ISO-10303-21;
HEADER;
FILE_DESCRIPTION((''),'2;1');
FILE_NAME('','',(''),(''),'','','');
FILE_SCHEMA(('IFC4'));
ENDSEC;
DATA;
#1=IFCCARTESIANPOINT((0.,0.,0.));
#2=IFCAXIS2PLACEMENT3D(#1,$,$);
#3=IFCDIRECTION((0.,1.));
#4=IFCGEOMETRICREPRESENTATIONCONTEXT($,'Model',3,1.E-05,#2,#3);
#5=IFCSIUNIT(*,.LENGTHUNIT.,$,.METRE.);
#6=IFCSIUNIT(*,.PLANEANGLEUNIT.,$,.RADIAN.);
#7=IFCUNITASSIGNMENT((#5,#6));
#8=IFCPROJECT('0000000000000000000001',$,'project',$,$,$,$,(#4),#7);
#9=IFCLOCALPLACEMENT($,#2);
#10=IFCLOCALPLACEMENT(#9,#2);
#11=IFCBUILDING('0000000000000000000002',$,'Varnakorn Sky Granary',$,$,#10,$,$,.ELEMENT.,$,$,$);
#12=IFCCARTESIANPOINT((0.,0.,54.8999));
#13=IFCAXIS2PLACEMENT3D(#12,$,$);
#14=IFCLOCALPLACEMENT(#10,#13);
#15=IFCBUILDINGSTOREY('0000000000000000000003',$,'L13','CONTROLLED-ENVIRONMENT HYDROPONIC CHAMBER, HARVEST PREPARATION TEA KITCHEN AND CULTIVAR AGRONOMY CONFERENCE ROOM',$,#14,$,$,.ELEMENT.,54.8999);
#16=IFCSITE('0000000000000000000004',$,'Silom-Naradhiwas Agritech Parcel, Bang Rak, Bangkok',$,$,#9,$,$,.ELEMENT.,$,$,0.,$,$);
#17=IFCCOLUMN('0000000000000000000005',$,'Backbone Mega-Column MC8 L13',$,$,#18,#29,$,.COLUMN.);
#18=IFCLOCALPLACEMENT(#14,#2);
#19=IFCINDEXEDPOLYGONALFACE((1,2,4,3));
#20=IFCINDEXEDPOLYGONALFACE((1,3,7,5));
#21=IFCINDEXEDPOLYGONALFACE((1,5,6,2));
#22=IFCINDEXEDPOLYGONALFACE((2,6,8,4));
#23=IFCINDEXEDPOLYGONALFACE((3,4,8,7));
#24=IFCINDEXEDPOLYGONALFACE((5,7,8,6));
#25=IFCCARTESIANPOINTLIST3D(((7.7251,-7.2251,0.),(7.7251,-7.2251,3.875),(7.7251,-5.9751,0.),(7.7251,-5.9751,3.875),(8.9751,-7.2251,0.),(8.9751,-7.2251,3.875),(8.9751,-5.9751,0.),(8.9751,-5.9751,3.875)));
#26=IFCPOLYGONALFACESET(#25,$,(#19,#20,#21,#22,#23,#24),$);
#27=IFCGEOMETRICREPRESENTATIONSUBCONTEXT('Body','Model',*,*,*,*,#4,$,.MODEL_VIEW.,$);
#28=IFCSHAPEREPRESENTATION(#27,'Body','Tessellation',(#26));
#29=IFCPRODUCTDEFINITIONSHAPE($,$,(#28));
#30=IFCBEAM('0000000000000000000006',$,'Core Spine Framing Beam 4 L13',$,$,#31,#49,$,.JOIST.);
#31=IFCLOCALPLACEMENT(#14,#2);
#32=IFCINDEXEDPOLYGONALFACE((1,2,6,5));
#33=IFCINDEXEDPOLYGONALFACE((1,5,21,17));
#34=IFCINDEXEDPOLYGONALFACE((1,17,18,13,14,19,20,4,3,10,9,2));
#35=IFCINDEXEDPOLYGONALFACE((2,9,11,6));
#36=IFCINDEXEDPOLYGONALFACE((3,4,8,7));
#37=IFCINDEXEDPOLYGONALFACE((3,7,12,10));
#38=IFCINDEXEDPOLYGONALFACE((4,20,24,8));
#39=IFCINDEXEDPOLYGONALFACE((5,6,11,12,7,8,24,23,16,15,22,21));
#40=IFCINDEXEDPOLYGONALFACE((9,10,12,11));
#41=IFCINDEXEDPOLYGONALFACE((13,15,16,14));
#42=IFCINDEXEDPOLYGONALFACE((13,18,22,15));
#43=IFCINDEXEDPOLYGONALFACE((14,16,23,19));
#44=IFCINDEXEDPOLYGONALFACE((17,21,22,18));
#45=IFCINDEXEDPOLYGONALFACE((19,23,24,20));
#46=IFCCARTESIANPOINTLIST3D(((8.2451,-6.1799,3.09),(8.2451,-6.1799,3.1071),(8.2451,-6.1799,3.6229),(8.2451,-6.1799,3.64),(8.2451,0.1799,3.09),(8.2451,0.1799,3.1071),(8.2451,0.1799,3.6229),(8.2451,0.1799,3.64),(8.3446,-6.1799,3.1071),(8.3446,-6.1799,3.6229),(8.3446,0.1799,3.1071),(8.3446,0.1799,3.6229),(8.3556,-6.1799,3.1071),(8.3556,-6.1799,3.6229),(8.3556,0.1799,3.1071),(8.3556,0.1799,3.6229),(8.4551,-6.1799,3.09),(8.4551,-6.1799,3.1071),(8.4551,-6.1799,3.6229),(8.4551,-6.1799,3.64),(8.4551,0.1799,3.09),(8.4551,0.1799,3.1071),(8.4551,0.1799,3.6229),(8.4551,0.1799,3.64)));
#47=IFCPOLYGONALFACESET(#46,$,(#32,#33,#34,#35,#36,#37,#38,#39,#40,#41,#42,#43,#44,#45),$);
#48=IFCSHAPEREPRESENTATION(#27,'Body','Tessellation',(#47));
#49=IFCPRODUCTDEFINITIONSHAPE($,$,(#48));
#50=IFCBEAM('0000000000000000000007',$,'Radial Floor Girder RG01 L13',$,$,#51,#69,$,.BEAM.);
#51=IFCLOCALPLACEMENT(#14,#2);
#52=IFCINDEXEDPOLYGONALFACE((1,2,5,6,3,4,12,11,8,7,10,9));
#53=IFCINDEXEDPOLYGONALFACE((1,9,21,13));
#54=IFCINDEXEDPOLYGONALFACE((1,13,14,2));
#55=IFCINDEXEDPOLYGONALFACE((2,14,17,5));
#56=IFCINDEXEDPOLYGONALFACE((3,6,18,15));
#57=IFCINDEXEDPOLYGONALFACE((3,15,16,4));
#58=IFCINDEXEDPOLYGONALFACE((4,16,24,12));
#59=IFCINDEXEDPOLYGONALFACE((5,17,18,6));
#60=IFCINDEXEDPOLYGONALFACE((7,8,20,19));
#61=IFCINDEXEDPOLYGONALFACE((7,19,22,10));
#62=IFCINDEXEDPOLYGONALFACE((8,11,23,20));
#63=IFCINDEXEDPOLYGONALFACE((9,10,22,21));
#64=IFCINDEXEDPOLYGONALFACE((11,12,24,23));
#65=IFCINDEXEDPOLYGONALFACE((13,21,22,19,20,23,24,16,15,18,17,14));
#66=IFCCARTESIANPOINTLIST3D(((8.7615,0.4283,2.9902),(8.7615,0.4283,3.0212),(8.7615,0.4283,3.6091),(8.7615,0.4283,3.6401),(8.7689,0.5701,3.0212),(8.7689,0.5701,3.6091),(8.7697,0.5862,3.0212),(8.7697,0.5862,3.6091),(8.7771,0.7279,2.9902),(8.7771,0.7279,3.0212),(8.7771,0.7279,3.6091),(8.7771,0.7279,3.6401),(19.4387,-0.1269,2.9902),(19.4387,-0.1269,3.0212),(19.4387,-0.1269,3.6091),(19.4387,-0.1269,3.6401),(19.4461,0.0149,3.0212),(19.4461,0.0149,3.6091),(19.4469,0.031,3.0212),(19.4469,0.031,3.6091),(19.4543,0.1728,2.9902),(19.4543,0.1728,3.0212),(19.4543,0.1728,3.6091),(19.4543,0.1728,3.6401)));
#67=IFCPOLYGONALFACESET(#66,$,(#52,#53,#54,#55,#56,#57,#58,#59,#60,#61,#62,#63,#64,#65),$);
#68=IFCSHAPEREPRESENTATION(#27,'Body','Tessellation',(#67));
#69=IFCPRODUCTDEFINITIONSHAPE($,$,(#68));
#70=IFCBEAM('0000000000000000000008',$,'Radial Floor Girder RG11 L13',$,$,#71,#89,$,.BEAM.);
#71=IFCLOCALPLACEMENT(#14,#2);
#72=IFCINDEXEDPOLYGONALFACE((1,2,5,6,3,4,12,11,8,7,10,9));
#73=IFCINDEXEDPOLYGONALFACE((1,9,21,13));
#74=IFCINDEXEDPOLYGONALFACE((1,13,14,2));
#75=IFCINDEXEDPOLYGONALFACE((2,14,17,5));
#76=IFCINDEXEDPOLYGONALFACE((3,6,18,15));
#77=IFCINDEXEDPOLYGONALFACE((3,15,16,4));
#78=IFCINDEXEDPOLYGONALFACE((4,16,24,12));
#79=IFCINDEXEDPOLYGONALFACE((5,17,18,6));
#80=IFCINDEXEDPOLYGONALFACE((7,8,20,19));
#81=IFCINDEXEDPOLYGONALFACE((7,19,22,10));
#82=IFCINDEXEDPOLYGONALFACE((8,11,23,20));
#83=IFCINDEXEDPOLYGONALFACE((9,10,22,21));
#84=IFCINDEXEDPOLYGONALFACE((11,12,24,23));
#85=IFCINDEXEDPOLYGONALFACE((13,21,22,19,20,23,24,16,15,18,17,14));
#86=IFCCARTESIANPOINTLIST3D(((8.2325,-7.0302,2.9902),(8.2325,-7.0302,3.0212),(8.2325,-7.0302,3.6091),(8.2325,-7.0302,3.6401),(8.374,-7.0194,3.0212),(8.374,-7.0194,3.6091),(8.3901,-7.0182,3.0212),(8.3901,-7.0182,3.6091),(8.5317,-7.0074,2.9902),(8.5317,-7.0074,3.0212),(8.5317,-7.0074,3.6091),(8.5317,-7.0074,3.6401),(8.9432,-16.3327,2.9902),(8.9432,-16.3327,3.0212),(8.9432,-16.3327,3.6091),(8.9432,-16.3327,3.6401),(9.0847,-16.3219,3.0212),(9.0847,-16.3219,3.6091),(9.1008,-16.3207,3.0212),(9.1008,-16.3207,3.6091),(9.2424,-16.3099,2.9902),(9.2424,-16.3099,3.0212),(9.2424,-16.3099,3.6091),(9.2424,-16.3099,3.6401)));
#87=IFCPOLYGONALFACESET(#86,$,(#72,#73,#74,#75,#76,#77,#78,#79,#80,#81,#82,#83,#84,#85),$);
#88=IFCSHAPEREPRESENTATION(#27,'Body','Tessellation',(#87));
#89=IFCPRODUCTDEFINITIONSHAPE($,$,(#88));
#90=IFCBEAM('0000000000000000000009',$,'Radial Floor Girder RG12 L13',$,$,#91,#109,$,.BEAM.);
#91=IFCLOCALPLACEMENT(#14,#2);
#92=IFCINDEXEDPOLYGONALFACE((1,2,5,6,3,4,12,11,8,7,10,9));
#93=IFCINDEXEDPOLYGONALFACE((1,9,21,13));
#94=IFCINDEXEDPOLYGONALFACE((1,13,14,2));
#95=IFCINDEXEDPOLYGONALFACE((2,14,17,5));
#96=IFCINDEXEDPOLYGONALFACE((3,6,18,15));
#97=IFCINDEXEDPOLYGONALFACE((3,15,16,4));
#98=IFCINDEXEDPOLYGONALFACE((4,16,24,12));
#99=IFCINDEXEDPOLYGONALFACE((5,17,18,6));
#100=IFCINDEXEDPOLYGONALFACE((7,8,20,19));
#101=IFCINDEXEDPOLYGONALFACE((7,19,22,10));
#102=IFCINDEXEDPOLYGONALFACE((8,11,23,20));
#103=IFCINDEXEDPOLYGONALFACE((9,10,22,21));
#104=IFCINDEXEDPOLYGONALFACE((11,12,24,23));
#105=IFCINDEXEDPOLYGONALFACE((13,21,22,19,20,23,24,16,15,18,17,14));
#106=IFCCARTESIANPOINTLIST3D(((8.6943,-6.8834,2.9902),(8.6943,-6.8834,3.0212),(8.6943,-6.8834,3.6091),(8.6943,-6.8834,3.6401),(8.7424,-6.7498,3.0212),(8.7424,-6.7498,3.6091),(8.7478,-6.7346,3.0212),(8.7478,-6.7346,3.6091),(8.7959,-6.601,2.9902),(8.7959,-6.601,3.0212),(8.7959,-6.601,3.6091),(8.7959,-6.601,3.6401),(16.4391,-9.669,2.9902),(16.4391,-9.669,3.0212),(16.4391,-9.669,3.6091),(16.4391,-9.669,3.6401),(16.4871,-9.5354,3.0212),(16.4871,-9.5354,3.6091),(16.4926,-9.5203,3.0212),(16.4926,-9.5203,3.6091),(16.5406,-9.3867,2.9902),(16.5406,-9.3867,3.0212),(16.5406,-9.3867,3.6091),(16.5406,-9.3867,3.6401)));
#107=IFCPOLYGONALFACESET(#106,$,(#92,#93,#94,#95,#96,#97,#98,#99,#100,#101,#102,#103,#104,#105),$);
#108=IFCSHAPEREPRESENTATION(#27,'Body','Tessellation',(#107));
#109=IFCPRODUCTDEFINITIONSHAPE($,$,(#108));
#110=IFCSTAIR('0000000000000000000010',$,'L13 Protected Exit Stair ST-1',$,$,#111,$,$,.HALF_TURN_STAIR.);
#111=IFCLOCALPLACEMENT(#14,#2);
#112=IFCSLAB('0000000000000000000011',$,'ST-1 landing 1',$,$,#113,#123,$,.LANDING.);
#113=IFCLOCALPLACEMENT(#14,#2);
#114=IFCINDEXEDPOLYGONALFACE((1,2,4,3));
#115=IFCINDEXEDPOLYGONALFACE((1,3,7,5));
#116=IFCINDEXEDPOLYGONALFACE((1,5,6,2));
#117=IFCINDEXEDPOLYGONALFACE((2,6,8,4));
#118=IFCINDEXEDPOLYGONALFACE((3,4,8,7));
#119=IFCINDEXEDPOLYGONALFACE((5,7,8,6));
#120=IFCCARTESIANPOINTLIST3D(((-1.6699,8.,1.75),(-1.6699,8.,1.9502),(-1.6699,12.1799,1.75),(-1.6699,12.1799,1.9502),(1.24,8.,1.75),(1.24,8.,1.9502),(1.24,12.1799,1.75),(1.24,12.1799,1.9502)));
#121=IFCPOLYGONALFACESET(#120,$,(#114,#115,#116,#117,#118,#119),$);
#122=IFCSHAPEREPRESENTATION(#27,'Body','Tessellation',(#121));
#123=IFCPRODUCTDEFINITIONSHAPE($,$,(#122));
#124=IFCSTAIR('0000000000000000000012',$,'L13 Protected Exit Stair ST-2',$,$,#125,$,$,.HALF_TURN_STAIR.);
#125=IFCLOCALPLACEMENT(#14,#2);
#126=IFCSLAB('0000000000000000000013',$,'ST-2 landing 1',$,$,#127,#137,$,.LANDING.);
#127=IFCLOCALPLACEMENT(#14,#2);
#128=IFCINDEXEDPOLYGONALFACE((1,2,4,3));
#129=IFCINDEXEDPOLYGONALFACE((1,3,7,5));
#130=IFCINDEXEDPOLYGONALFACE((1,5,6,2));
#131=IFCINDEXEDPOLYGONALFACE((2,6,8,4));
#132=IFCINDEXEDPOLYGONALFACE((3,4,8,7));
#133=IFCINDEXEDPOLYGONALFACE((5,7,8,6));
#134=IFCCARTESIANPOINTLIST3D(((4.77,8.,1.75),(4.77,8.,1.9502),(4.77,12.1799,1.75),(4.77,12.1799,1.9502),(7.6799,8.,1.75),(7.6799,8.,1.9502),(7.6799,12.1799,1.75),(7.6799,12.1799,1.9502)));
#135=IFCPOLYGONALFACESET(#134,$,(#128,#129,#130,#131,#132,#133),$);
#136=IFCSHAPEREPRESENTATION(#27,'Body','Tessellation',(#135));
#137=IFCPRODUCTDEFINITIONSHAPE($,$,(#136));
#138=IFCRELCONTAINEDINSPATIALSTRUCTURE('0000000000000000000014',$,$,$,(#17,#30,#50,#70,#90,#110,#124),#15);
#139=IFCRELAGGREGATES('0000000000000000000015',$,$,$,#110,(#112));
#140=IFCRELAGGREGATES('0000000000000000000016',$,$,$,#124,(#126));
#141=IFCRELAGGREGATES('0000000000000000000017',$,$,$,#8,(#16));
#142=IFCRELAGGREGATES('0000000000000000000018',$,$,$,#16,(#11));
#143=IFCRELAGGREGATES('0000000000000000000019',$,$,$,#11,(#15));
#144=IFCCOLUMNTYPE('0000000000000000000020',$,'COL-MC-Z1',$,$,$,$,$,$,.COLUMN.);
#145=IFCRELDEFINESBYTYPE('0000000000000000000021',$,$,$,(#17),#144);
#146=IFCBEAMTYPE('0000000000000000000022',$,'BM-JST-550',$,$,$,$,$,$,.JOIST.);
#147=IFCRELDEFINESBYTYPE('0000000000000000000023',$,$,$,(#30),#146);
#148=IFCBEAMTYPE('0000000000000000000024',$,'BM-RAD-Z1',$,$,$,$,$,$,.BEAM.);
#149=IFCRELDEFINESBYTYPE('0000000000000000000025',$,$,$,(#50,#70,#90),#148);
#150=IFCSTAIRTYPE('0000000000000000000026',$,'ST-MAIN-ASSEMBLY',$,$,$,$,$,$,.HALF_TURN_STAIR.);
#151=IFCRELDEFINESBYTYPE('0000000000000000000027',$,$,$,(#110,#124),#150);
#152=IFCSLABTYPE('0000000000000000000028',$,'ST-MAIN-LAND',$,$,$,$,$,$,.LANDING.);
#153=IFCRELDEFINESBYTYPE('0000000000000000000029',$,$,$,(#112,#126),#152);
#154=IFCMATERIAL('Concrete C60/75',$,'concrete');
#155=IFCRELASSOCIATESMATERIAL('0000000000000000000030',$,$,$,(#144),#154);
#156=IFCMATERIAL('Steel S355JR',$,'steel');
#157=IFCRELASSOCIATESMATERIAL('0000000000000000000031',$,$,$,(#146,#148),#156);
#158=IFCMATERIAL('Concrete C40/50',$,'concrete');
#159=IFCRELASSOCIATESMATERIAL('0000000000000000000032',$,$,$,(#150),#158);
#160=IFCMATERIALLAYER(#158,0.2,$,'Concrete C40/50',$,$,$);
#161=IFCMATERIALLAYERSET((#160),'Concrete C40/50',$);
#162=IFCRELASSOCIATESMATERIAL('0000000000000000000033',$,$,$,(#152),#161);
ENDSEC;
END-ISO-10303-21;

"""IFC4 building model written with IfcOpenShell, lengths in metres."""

from ifc_helpers import new_model, si_unit, direction, frame, origin, origin_2d, place, context, subcontext, project, spatial, polyline, rectangle, i_section, outline, extrude, material, layer, layer_set, material_profile, profile_set, type_object, element, aggregate, save


model = new_model("IFC4")

# Units and contexts
model_context = context("Model", 3, precision=1e-05, world=origin(), true_north=direction((0.0, 1.0)))
body_context = subcontext(model_context, "Body", "Model", "MODEL_VIEW")
ifc_project = project(units=[si_unit("LENGTHUNIT", "METRE"), si_unit("PLANEANGLEUNIT", "RADIAN")], contexts=[model_context])

# Site, building, storey
site_placement = place(None, origin())
site = spatial("IfcSite", under=ifc_project, at=site_placement, Name="Silom-Naradhiwas Agritech Parcel, Bang Rak, Bangkok", CompositionType="ELEMENT", RefElevation=0.0)
building_placement = place(site_placement, origin())
building = spatial("IfcBuilding", under=site, at=building_placement, Name="Varnakorn Sky Granary", CompositionType="ELEMENT")
storey_placement = place(building_placement, frame((0.0, 0.0, 54.8999)))
storey = spatial("IfcBuildingStorey", under=building, at=storey_placement, Name="L13", Description="CONTROLLED-ENVIRONMENT HYDROPONIC CHAMBER, HARVEST PREPARATION TEA KITCHEN AND CULTIVAR AGRONOMY CONFERENCE ROOM", CompositionType="ELEMENT", Elevation=54.8999)

# Column
ifc_material_1 = material(Name="Concrete C60/75", Category="concrete")
ifc_material_profile_1 = material_profile(ifc_material_1, rectangle(XDim=1.25, YDim=1.25, at=origin_2d()), Name="RC 1250x1250")
ifc_profile_set_1 = profile_set([ifc_material_profile_1], Name="Concrete C60/75")
column_type = type_object("IfcColumnType", Name="COL-MC-Z1", PredefinedType="COLUMN", material=ifc_profile_set_1)
column_placement = place(storey_placement, frame((8.3501, -6.6001, 0.0), z_axis=(0.0, 0.0, 1.0), x_axis=(1.0, 0.0, 0.0)))
element("IfcColumn", 1, at=column_placement, inside=storey, type_object=column_type, Name="Backbone Mega-Column MC8 L13", PredefinedType="COLUMN", context=body_context, shape_type="SweptSolid", body=[
    extrude(rectangle(XDim=1.25, YDim=1.25, at=origin_2d()), origin(), (0.0, 0.0, 1.0), 3.875),
])

# Beams
ifc_material_2 = material(Name="Steel S355JR", Category="steel")
ifc_material_profile_2 = material_profile(ifc_material_2, i_section(OverallWidth=0.21, OverallDepth=0.55, WebThickness=0.011, FlangeThickness=0.0171, at=origin_2d()), Name="IPE 550")
ifc_profile_set_2 = profile_set([ifc_material_profile_2], Name="Steel S355JR")
beam_type_1 = type_object("IfcBeamType", Name="BM-JST-550", PredefinedType="JOIST", material=ifc_profile_set_2)
beam_1_placement = place(storey_placement, frame((8.3501, 0.1799, 3.365), z_axis=(0.0, -1.0, 0.0), x_axis=(1.0, 0.0, 0.0)))
element("IfcBeam", 2, at=beam_1_placement, inside=storey, type_object=beam_type_1, Name="Core Spine Framing Beam 4 L13", PredefinedType="JOIST", context=body_context, shape_type="SweptSolid", body=[
    extrude(i_section(OverallWidth=0.21, OverallDepth=0.55, WebThickness=0.011, FlangeThickness=0.0171, at=origin_2d()), origin(), (0.0, 0.0, 1.0), 6.3599),
])
ifc_material_profile_3 = material_profile(ifc_material_2, i_section(OverallWidth=0.3, OverallDepth=0.6499, WebThickness=0.0161, FlangeThickness=0.031, at=origin_2d()), Name="HE 650 B")
ifc_profile_set_3 = profile_set([ifc_material_profile_3], Name="Steel S355JR")
beam_type_2 = type_object("IfcBeamType", Name="BM-RAD-Z1", PredefinedType="BEAM", material=ifc_profile_set_3)
beam_2_placement = place(storey_placement, frame((8.7693, 0.5781, 3.3152), z_axis=(0.998651, -0.051926, 0.0), x_axis=(0.051926, 0.998651, 0.0)))
element("IfcBeam", 3, at=beam_2_placement, inside=storey, type_object=beam_type_2, Name="Radial Floor Girder RG01 L13", PredefinedType="BEAM", context=body_context, shape_type="SweptSolid", body=[
    extrude(i_section(OverallWidth=0.3, OverallDepth=0.6499, WebThickness=0.0161, FlangeThickness=0.031, at=origin_2d()), origin(), (0.0, 0.0, 1.0), 10.6917),
])
beam_3_placement = place(storey_placement, frame((8.3821, -7.0188, 3.3152), z_axis=(0.076176, -0.997094, 0.0), x_axis=(0.997094, 0.076176, 0.0)))
element("IfcBeam", 4, at=beam_3_placement, inside=storey, type_object=beam_type_2, Name="Radial Floor Girder RG11 L13", PredefinedType="BEAM", context=body_context, shape_type="SweptSolid", body=[
    extrude(i_section(OverallWidth=0.3, OverallDepth=0.6499, WebThickness=0.0161, FlangeThickness=0.031, at=origin_2d()), origin(), (0.0, 0.0, 1.0), 9.3296),
])
beam_4_placement = place(storey_placement, frame((8.7451, -6.7422, 3.3152), z_axis=(0.940981, -0.338459, 0.0), x_axis=(0.338459, 0.940981, 0.0)))
element("IfcBeam", 5, at=beam_4_placement, inside=storey, type_object=beam_type_2, Name="Radial Floor Girder RG12 L13", PredefinedType="BEAM", context=body_context, shape_type="SweptSolid", body=[
    extrude(i_section(OverallWidth=0.3, OverallDepth=0.6499, WebThickness=0.0161, FlangeThickness=0.031, at=origin_2d()), origin(), (0.0, 0.0, 1.0), 8.2305),
])

# Stairs, slabs
ifc_material_3 = material(Name="Concrete C40/50", Category="concrete")
stair_type = type_object("IfcStairType", Name="ST-MAIN-ASSEMBLY", PredefinedType="HALF_TURN_STAIR", material=ifc_material_3)
stair_1_placement = place(storey_placement, origin())
stair_1 = element("IfcStair", 6, at=stair_1_placement, inside=storey, type_object=stair_type, Name="L13 Protected Exit Stair ST-1", PredefinedType="HALF_TURN_STAIR")
ifc_layer_1 = layer(ifc_material_3, 0.2, Name="Concrete C40/50")
ifc_layer_set_1 = layer_set([ifc_layer_1], Name="Concrete C40/50")
slab_type_1 = type_object("IfcSlabType", Name="ST-MAIN-LAND", PredefinedType="LANDING", material=ifc_layer_set_1)
slab_1_placement = place(storey_placement, frame((0.0, 0.0, 1.75)))
slab_1 = element("IfcSlab", 7, at=slab_1_placement, type_object=slab_type_1, Name="ST-1 landing 1", PredefinedType="LANDING", context=body_context, shape_type="SweptSolid", body=[
    extrude(outline(polyline([(1.24, 8.0), (1.24, 12.1799), (-1.6699, 12.1799), (-1.6699, 8.0), (1.24, 8.0)])), origin(), (0.0, 0.0, 1.0), 0.2002),
])
aggregate(stair_1, [slab_1])
stair_2_placement = place(storey_placement, origin())
stair_2 = element("IfcStair", 8, at=stair_2_placement, inside=storey, type_object=stair_type, Name="L13 Protected Exit Stair ST-2", PredefinedType="HALF_TURN_STAIR")
slab_2_placement = place(storey_placement, frame((0.0, 0.0, 1.75)))
slab_2 = element("IfcSlab", 9, at=slab_2_placement, type_object=slab_type_1, Name="ST-2 landing 1", PredefinedType="LANDING", context=body_context, shape_type="SweptSolid", body=[
    extrude(outline(polyline([(7.6799, 8.0), (7.6799, 12.1799), (4.77, 12.1799), (4.77, 8.0), (7.6799, 8.0)])), origin(), (0.0, 0.0, 1.0), 0.2002),
])
aggregate(stair_2, [slab_2])

save(model, "model.ifc")
